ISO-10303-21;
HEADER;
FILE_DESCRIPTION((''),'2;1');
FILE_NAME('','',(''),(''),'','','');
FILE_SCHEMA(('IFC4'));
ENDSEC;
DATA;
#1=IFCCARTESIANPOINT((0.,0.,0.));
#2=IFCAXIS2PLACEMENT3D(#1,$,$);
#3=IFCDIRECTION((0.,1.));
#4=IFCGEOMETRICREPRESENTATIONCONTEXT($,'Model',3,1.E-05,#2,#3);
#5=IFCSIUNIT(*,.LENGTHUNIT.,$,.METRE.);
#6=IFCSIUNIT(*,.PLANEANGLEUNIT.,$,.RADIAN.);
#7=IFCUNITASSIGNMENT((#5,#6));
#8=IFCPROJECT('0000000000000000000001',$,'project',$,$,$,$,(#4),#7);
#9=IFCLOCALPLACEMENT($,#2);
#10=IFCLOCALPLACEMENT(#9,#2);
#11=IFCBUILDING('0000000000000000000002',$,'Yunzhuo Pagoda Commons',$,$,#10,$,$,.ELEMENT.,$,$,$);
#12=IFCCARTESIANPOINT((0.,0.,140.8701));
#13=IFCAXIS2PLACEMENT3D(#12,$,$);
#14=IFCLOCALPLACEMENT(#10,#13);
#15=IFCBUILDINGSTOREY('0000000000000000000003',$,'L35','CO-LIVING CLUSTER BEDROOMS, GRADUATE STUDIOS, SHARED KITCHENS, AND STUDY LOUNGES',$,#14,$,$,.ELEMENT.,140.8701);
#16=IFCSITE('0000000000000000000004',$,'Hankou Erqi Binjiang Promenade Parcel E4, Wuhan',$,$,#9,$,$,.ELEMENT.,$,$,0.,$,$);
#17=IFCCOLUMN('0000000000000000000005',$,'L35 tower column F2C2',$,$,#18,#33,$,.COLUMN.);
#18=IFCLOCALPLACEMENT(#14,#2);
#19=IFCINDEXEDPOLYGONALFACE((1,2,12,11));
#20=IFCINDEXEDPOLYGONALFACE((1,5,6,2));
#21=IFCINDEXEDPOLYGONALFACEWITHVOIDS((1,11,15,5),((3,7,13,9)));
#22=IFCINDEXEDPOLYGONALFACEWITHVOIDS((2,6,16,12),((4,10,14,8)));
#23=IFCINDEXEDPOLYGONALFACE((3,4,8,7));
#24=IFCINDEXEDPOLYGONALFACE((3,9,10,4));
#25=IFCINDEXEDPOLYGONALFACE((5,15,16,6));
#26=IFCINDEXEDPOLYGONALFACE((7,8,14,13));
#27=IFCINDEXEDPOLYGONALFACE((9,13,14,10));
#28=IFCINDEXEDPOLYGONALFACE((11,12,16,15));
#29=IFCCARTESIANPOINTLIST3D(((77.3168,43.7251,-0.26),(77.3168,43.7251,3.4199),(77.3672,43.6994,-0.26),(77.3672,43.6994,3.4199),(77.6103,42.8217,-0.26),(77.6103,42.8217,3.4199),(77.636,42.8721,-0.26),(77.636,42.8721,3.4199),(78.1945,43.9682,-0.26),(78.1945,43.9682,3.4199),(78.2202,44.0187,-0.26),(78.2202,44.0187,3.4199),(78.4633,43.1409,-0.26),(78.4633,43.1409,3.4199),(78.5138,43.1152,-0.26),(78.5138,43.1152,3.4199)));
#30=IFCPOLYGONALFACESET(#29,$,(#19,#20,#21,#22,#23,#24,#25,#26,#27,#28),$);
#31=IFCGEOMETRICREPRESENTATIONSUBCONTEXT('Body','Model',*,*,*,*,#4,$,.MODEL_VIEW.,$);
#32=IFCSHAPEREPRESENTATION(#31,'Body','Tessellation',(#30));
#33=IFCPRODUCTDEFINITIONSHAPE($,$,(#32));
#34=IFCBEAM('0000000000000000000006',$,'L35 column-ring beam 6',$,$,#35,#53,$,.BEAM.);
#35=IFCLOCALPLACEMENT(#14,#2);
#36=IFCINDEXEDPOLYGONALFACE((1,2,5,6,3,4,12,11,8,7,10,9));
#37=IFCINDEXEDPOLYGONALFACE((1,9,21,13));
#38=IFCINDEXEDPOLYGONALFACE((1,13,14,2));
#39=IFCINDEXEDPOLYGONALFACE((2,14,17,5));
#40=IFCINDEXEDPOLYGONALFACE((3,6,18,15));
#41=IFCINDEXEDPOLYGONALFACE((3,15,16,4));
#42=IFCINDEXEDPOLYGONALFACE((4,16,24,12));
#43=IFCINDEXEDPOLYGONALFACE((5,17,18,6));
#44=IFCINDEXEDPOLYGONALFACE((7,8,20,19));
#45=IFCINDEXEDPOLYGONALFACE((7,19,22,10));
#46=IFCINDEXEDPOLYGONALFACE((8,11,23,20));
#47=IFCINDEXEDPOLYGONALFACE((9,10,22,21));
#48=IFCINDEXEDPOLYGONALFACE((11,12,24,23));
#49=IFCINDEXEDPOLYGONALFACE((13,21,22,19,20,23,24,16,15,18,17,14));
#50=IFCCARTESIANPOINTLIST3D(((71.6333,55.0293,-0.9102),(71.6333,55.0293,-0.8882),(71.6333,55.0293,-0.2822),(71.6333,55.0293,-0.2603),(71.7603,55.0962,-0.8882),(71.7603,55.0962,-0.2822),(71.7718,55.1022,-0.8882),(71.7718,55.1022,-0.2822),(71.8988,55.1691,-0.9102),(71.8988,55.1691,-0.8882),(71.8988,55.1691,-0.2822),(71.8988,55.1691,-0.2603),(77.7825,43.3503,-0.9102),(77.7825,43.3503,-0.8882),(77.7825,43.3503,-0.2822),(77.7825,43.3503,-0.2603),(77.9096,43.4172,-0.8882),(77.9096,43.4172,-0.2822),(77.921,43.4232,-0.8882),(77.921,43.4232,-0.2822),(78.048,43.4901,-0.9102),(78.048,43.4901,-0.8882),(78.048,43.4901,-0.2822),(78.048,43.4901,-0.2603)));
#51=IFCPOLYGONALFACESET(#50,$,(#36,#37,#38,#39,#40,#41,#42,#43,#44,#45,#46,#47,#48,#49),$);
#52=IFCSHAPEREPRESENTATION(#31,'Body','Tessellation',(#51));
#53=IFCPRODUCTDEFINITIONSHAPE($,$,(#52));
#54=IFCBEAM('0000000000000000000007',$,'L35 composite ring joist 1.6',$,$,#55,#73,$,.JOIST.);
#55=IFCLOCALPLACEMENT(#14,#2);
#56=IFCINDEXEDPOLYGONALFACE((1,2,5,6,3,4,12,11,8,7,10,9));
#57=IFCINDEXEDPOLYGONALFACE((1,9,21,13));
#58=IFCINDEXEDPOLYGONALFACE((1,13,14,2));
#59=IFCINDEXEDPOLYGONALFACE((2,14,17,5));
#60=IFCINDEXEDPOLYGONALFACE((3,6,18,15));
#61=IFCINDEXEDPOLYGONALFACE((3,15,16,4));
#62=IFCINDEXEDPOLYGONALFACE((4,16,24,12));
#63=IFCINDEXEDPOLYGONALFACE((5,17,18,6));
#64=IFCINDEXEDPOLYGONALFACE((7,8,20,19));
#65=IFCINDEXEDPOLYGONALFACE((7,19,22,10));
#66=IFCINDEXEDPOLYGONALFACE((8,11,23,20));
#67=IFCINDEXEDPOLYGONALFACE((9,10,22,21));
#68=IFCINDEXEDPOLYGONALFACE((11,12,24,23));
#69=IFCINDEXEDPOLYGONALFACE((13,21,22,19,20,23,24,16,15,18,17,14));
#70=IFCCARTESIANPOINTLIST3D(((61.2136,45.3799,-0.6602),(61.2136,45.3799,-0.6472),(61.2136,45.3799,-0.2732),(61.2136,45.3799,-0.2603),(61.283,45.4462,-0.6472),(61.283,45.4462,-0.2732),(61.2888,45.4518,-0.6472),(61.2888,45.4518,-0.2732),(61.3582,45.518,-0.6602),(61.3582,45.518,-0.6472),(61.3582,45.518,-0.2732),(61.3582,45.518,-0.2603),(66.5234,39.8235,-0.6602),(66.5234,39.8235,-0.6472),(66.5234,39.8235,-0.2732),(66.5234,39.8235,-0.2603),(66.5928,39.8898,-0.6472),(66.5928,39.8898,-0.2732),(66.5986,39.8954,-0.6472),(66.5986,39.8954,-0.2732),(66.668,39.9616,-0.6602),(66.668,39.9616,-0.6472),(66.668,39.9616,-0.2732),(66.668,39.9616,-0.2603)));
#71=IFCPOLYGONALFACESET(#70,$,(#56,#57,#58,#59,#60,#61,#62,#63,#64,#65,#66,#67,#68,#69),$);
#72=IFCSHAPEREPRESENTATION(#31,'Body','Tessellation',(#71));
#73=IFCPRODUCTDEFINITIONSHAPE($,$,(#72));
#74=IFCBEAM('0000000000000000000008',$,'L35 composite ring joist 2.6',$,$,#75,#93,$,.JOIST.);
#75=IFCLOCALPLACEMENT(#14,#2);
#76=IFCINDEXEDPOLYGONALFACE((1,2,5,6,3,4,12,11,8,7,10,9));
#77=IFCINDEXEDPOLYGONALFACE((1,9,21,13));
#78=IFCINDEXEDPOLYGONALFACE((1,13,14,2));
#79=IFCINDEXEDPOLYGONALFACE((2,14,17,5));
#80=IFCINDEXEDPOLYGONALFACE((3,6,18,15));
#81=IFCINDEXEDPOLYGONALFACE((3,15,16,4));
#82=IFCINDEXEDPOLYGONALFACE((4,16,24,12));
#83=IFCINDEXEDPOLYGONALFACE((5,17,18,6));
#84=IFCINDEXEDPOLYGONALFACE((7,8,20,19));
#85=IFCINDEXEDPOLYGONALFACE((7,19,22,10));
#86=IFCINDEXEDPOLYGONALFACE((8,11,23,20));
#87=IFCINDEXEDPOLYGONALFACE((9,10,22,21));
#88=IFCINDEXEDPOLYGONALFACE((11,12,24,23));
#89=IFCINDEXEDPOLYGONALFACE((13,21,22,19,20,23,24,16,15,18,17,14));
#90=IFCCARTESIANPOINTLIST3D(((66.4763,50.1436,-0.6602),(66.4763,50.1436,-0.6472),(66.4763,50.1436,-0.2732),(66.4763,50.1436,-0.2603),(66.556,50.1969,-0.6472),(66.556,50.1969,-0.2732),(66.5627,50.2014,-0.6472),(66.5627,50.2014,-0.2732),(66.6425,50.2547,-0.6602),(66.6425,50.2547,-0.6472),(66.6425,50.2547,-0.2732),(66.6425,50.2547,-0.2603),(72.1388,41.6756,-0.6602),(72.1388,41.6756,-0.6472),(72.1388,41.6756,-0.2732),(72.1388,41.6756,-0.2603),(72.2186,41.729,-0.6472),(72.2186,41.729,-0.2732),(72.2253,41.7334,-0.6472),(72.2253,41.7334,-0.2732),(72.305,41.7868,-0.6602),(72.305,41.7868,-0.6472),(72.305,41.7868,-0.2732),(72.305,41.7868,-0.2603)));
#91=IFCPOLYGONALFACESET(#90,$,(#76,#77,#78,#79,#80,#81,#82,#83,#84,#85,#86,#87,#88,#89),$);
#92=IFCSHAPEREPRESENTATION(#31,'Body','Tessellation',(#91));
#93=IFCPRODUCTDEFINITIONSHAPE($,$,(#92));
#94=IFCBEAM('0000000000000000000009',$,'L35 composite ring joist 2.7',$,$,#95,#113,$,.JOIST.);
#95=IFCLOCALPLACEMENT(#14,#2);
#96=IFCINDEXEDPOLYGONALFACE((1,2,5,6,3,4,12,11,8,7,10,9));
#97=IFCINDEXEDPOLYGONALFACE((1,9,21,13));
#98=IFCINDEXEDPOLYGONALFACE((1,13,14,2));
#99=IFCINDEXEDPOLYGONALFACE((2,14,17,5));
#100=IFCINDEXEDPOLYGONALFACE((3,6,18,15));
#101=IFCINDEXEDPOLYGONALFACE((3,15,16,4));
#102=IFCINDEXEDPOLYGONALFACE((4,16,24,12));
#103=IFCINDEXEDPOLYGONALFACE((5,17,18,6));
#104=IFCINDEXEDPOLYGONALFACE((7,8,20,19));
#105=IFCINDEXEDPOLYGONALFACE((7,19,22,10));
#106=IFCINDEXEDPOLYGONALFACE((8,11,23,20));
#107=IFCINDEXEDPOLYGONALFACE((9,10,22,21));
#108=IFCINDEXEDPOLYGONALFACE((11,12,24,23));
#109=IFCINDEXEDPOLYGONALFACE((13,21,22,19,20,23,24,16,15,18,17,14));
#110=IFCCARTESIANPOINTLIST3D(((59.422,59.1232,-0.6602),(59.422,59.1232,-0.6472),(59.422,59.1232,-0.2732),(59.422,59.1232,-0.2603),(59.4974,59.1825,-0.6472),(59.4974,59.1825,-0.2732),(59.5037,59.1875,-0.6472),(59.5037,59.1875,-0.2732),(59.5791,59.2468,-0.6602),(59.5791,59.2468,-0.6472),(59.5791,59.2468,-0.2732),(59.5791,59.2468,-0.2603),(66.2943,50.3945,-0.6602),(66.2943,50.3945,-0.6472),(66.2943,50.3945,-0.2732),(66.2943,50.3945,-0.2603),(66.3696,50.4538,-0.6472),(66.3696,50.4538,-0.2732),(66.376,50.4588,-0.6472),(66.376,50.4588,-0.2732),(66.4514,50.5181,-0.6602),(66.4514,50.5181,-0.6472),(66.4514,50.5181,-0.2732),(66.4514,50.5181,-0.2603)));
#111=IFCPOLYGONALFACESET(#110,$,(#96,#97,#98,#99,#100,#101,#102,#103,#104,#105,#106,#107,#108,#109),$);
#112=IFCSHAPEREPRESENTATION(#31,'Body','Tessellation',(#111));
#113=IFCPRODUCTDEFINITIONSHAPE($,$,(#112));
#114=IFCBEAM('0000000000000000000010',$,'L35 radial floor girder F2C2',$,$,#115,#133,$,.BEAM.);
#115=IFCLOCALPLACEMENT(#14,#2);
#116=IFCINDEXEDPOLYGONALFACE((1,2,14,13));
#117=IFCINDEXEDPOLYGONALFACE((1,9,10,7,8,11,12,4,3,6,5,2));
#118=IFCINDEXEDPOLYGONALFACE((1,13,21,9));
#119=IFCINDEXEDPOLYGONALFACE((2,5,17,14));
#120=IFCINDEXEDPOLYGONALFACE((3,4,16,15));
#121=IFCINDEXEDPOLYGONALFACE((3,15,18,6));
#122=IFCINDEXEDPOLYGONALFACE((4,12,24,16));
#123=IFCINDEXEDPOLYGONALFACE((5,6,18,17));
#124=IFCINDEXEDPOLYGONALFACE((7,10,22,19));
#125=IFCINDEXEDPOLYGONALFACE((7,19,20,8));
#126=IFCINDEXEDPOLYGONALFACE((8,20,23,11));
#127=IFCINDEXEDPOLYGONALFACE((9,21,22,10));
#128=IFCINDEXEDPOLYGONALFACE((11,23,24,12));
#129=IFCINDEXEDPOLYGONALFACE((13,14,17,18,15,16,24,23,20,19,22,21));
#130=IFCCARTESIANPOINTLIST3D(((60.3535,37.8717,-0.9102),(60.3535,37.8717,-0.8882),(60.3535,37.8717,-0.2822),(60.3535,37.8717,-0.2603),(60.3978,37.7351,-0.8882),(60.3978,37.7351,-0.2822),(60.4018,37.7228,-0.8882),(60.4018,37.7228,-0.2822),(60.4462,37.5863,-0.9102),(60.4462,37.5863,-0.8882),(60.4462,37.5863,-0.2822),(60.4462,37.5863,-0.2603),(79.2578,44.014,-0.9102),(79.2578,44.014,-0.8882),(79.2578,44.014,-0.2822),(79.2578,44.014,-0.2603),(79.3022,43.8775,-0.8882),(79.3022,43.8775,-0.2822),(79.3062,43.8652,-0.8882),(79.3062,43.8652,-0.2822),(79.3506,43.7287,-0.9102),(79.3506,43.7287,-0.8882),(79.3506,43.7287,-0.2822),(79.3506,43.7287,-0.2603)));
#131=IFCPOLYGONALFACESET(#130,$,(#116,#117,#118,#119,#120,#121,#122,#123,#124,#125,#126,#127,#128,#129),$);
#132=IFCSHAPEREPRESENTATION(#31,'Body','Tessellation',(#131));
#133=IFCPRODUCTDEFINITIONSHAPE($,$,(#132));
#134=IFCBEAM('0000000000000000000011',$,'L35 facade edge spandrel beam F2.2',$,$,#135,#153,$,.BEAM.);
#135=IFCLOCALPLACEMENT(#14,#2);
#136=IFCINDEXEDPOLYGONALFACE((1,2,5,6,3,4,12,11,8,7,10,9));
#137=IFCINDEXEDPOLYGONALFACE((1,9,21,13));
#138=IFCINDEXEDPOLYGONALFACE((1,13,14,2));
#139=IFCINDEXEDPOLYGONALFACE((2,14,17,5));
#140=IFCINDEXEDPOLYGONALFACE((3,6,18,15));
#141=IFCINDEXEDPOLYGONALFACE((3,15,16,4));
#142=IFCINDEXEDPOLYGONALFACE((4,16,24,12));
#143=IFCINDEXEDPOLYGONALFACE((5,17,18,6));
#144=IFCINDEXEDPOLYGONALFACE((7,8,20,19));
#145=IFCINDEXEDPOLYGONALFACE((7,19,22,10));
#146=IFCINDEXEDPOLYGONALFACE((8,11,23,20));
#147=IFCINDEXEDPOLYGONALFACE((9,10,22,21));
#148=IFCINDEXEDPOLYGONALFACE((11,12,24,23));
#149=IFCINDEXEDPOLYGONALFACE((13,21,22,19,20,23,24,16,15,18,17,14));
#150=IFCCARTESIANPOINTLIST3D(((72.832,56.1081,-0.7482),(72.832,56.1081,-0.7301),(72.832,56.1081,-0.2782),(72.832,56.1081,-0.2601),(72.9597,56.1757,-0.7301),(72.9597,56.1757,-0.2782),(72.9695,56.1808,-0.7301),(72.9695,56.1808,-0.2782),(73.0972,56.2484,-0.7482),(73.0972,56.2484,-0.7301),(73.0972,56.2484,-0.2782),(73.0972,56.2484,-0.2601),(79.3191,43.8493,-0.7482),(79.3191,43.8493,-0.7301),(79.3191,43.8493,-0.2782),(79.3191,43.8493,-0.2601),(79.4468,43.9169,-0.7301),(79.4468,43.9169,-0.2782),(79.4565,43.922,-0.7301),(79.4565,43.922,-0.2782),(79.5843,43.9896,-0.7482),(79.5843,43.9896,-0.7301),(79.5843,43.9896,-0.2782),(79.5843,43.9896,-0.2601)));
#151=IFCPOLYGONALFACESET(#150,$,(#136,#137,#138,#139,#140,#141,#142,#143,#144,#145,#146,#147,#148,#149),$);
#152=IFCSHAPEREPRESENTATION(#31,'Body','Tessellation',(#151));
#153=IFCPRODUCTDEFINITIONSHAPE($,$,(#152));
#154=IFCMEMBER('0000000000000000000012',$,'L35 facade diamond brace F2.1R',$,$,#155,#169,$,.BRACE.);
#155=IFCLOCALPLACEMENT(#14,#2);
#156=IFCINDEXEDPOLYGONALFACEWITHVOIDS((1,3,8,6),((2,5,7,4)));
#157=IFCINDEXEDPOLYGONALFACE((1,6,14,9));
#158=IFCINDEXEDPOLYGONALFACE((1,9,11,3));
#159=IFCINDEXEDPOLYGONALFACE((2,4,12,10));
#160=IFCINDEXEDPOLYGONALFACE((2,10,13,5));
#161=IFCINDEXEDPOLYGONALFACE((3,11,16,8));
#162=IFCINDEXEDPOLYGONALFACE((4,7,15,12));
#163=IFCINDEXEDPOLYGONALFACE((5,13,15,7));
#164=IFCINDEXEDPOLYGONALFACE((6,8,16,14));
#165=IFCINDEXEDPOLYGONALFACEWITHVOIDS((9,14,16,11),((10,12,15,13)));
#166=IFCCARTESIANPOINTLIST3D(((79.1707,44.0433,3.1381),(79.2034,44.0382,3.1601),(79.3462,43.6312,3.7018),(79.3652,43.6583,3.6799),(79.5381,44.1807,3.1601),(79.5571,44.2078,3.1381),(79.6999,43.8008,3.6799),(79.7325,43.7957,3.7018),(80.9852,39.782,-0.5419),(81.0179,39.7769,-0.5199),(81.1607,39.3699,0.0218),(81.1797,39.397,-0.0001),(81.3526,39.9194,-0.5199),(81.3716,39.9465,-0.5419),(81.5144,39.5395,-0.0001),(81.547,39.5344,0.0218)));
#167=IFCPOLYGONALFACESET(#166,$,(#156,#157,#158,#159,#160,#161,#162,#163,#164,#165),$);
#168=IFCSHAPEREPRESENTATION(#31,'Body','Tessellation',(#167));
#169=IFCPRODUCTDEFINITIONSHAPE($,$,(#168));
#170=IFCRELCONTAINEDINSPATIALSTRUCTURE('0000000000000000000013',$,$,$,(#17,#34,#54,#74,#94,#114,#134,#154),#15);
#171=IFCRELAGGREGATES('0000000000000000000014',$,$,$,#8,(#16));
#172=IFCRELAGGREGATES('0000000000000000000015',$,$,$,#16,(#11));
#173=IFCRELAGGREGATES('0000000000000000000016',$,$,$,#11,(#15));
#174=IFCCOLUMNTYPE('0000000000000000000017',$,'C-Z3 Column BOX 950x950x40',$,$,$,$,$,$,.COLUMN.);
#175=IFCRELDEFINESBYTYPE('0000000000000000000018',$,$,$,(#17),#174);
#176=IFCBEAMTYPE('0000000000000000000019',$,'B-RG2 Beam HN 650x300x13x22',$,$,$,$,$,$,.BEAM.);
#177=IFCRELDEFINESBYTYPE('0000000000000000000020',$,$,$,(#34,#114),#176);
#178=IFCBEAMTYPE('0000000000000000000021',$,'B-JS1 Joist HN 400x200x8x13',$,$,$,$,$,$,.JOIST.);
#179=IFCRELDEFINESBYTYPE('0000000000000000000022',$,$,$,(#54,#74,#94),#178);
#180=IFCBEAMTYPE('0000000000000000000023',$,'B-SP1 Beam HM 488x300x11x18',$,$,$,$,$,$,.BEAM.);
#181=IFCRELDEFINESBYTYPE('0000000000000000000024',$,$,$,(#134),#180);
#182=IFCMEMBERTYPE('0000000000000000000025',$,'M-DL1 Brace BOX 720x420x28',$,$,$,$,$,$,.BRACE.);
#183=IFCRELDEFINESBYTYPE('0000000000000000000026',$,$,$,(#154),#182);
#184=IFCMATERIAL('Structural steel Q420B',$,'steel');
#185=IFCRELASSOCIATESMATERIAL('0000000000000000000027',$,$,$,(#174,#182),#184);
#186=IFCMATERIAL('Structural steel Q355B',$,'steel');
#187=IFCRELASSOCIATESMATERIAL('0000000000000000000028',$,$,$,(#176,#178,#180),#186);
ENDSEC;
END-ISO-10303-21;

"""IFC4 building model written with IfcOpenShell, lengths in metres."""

from ifc_helpers import new_model, si_unit, direction, frame, origin, origin_2d, place, context, subcontext, project, spatial, hollow_rectangle, i_section, extrude, source, transform, mapped, material, material_profile, profile_set, type_object, element, save


model = new_model("IFC4")

# Units and contexts
model_context = context("Model", 3, precision=1e-05, world=origin(), true_north=direction((0.0, 1.0)))
body_context = subcontext(model_context, "Body", "Model", "MODEL_VIEW")
ifc_project = project(units=[si_unit("LENGTHUNIT", "METRE"), si_unit("PLANEANGLEUNIT", "RADIAN")], contexts=[model_context])

# Site, building, storey
site_placement = place(None, origin())
site = spatial("IfcSite", under=ifc_project, at=site_placement, Name="Hankou Erqi Binjiang Promenade Parcel E4, Wuhan", CompositionType="ELEMENT", RefElevation=0.0)
building_placement = place(site_placement, origin())
building = spatial("IfcBuilding", under=site, at=building_placement, Name="Yunzhuo Pagoda Commons", CompositionType="ELEMENT")
storey_placement = place(building_placement, frame((0.0, 0.0, 140.8701)))
storey = spatial("IfcBuildingStorey", under=building, at=storey_placement, Name="L35", Description="CO-LIVING CLUSTER BEDROOMS, GRADUATE STUDIOS, SHARED KITCHENS, AND STUDY LOUNGES", CompositionType="ELEMENT", Elevation=140.8701)

# Column
ifc_material_1 = material(Name="Structural steel Q420B", Category="steel")
ifc_material_profile_1 = material_profile(ifc_material_1, hollow_rectangle(XDim=0.95, YDim=0.95, WallThickness=0.04, at=origin_2d()), Name="Structural steel Q420B")
ifc_profile_set_1 = profile_set([ifc_material_profile_1], Name="Structural steel Q420B")
column_type = type_object("IfcColumnType", Name="C-Z3 Column BOX 950x950x40", PredefinedType="COLUMN", material=ifc_profile_set_1)
shared_shape_1 = source(origin(), body_context, "Body", "SweptSolid", [
    extrude(hollow_rectangle(XDim=0.95, YDim=0.95, WallThickness=0.04, at=origin_2d()), origin(), (0.0, 0.0, 1.0), 3.6799),
])
column_placement = place(storey_placement, frame((77.9153, 43.4202, -0.26), z_axis=(0.0, 0.0, 1.0), x_axis=(-0.309017, 0.951057, 0.0)))
element("IfcColumn", 1, at=column_placement, inside=storey, type_object=column_type, Name="L35 tower column F2C2", PredefinedType="COLUMN", context=body_context, shape_type="MappedRepresentation", body=[
    mapped(shared_shape_1, transform((0.0, 0.0, 0.0), scale=1.0)),
])

# Beams
ifc_material_2 = material(Name="Structural steel Q355B", Category="steel")
ifc_material_profile_2 = material_profile(ifc_material_2, i_section(OverallWidth=0.3, OverallDepth=0.6499, WebThickness=0.0129, FlangeThickness=0.022, at=origin_2d()), Name="Structural steel Q355B")
ifc_profile_set_2 = profile_set([ifc_material_profile_2], Name="Structural steel Q355B")
beam_type_1 = type_object("IfcBeamType", Name="B-RG2 Beam HN 650x300x13x22", PredefinedType="BEAM", material=ifc_profile_set_2)
shared_shape_2 = source(origin(), body_context, "Body", "SweptSolid", [
    extrude(i_section(OverallWidth=0.3, OverallDepth=0.6499, WebThickness=0.0129, FlangeThickness=0.022, at=origin_2d()), origin(), (0.0, 0.0, 1.0), 13.199),
])
beam_1_placement = place(storey_placement, frame((77.9153, 43.4202, -0.5852), z_axis=(-0.465886, 0.884845, 0.0), x_axis=(-0.884845, -0.465886, 0.0)))
element("IfcBeam", 2, at=beam_1_placement, inside=storey, type_object=beam_type_1, Name="L35 column-ring beam 6", PredefinedType="BEAM", context=body_context, shape_type="MappedRepresentation", body=[
    mapped(shared_shape_2, transform((0.0, 0.0, 0.0), scale=1.0)),
])
ifc_material_profile_3 = material_profile(ifc_material_2, i_section(OverallWidth=0.2, OverallDepth=0.3999, WebThickness=0.0081, FlangeThickness=0.0129, at=origin_2d()), Name="Structural steel Q355B")
ifc_profile_set_3 = profile_set([ifc_material_profile_3], Name="Structural steel Q355B")
beam_type_2 = type_object("IfcBeamType", Name="B-JS1 Joist HN 400x200x8x13", PredefinedType="JOIST", material=ifc_profile_set_3)
shared_shape_3 = source(origin(), body_context, "Body", "SweptSolid", [
    extrude(i_section(OverallWidth=0.2, OverallDepth=0.3999, WebThickness=0.0081, FlangeThickness=0.0129, at=origin_2d()), origin(), (0.0, 0.0, 1.0), 7.6855),
])
beam_2_placement = place(storey_placement, frame((66.5957, 39.8926, -0.4602), z_axis=(-0.690883, 0.722967, 0.0), x_axis=(-0.722967, -0.690883, 0.0)))
element("IfcBeam", 3, at=beam_2_placement, inside=storey, type_object=beam_type_2, Name="L35 composite ring joist 1.6", PredefinedType="JOIST", context=body_context, shape_type="MappedRepresentation", body=[
    mapped(shared_shape_3, transform((0.0, 0.0, 0.0), scale=1.0)),
])
shared_shape_4 = source(origin(), body_context, "Body", "SweptSolid", [
    extrude(i_section(OverallWidth=0.2, OverallDepth=0.3999, WebThickness=0.0081, FlangeThickness=0.0129, at=origin_2d()), origin(), (0.0, 0.0, 1.0), 10.1868),
])
beam_3_placement = place(storey_placement, frame((72.2219, 41.7312, -0.4602), z_axis=(-0.555872, 0.831268, 0.0), x_axis=(-0.831268, -0.555872, 0.0)))
element("IfcBeam", 4, at=beam_3_placement, inside=storey, type_object=beam_type_2, Name="L35 composite ring joist 2.6", PredefinedType="JOIST", context=body_context, shape_type="MappedRepresentation", body=[
    mapped(shared_shape_4, transform((0.0, 0.0, 0.0), scale=1.0)),
])
shared_shape_5 = source(origin(), body_context, "Body", "SweptSolid", [
    extrude(i_section(OverallWidth=0.2, OverallDepth=0.3999, WebThickness=0.0081, FlangeThickness=0.0129, at=origin_2d()), origin(), (0.0, 0.0, 1.0), 11.1094),
])
beam_4_placement = place(storey_placement, frame((66.3728, 50.4563, -0.4602), z_axis=(-0.618601, 0.785706, 0.0), x_axis=(-0.785706, -0.618601, 0.0)))
element("IfcBeam", 5, at=beam_4_placement, inside=storey, type_object=beam_type_2, Name="L35 composite ring joist 2.7", PredefinedType="JOIST", context=body_context, shape_type="MappedRepresentation", body=[
    mapped(shared_shape_5, transform((0.0, 0.0, 0.0), scale=1.0)),
])
shared_shape_6 = source(origin(), body_context, "Body", "SweptSolid", [
    extrude(i_section(OverallWidth=0.3, OverallDepth=0.6499, WebThickness=0.0129, FlangeThickness=0.022, at=origin_2d()), origin(), (0.0, 0.0, 1.0), 19.8772),
])
beam_5_placement = place(storey_placement, frame((79.3042, 43.8713, -0.5852), z_axis=(-0.951057, -0.309015, 0.0), x_axis=(0.309015, -0.951057, 0.0)))
element("IfcBeam", 6, at=beam_5_placement, inside=storey, type_object=beam_type_1, Name="L35 radial floor girder F2C2", PredefinedType="BEAM", context=body_context, shape_type="MappedRepresentation", body=[
    mapped(shared_shape_6, transform((0.0, 0.0, 0.0), scale=1.0)),
])
ifc_material_profile_4 = material_profile(ifc_material_2, i_section(OverallWidth=0.3, OverallDepth=0.488, WebThickness=0.011, FlangeThickness=0.0181, at=origin_2d()), Name="Structural steel Q355B")
ifc_profile_set_4 = profile_set([ifc_material_profile_4], Name="Structural steel Q355B")
beam_type_3 = type_object("IfcBeamType", Name="B-SP1 Beam HM 488x300x11x18", PredefinedType="BEAM", material=ifc_profile_set_4)
shared_shape_7 = source(origin(), body_context, "Body", "SweptSolid", [
    extrude(i_section(OverallWidth=0.3, OverallDepth=0.488, WebThickness=0.011, FlangeThickness=0.0181, at=origin_2d()), origin(), (0.0, 0.0, 1.0), 13.8694),
])
beam_6_placement = place(storey_placement, frame((79.4517, 43.9194, -0.5042), z_axis=(-0.467725, 0.883874, 0.0), x_axis=(-0.883874, -0.467725, 0.0)))
element("IfcBeam", 7, at=beam_6_placement, inside=storey, type_object=beam_type_3, Name="L35 facade edge spandrel beam F2.2", PredefinedType="BEAM", context=body_context, shape_type="MappedRepresentation", body=[
    mapped(shared_shape_7, transform((0.0, 0.0, 0.0), scale=1.0)),
])

# Member
ifc_material_profile_5 = material_profile(ifc_material_1, hollow_rectangle(XDim=0.4199, YDim=0.72, WallThickness=0.0281, at=origin_2d()), Name="Structural steel Q420B")
ifc_profile_set_5 = profile_set([ifc_material_profile_5], Name="Structural steel Q420B")
member_type_1 = type_object("IfcMemberType", Name="M-DL1 Brace BOX 720x420x28", PredefinedType="BRACE", material=ifc_profile_set_5)
shared_shape_8 = source(origin(), body_context, "Body", "SweptSolid", [
    extrude(hollow_rectangle(XDim=0.4199, YDim=0.72, WallThickness=0.0281, at=origin_2d()), origin(), (0.0, 0.0, 1.0), 5.9155),
])
member_1_placement = place(storey_placement, frame((81.2661, 39.6582, -0.26), z_axis=(-0.306733, 0.720359, 0.622091), x_axis=(-0.920064, -0.391768, 0.0)))
element("IfcMember", 8, at=member_1_placement, inside=storey, type_object=member_type_1, Name="L35 facade diamond brace F2.1R", PredefinedType="BRACE", context=body_context, shape_type="MappedRepresentation", body=[
    mapped(shared_shape_8, transform((0.0, 0.0, 0.0), scale=1.0)),
])

save(model, "model.ifc")
